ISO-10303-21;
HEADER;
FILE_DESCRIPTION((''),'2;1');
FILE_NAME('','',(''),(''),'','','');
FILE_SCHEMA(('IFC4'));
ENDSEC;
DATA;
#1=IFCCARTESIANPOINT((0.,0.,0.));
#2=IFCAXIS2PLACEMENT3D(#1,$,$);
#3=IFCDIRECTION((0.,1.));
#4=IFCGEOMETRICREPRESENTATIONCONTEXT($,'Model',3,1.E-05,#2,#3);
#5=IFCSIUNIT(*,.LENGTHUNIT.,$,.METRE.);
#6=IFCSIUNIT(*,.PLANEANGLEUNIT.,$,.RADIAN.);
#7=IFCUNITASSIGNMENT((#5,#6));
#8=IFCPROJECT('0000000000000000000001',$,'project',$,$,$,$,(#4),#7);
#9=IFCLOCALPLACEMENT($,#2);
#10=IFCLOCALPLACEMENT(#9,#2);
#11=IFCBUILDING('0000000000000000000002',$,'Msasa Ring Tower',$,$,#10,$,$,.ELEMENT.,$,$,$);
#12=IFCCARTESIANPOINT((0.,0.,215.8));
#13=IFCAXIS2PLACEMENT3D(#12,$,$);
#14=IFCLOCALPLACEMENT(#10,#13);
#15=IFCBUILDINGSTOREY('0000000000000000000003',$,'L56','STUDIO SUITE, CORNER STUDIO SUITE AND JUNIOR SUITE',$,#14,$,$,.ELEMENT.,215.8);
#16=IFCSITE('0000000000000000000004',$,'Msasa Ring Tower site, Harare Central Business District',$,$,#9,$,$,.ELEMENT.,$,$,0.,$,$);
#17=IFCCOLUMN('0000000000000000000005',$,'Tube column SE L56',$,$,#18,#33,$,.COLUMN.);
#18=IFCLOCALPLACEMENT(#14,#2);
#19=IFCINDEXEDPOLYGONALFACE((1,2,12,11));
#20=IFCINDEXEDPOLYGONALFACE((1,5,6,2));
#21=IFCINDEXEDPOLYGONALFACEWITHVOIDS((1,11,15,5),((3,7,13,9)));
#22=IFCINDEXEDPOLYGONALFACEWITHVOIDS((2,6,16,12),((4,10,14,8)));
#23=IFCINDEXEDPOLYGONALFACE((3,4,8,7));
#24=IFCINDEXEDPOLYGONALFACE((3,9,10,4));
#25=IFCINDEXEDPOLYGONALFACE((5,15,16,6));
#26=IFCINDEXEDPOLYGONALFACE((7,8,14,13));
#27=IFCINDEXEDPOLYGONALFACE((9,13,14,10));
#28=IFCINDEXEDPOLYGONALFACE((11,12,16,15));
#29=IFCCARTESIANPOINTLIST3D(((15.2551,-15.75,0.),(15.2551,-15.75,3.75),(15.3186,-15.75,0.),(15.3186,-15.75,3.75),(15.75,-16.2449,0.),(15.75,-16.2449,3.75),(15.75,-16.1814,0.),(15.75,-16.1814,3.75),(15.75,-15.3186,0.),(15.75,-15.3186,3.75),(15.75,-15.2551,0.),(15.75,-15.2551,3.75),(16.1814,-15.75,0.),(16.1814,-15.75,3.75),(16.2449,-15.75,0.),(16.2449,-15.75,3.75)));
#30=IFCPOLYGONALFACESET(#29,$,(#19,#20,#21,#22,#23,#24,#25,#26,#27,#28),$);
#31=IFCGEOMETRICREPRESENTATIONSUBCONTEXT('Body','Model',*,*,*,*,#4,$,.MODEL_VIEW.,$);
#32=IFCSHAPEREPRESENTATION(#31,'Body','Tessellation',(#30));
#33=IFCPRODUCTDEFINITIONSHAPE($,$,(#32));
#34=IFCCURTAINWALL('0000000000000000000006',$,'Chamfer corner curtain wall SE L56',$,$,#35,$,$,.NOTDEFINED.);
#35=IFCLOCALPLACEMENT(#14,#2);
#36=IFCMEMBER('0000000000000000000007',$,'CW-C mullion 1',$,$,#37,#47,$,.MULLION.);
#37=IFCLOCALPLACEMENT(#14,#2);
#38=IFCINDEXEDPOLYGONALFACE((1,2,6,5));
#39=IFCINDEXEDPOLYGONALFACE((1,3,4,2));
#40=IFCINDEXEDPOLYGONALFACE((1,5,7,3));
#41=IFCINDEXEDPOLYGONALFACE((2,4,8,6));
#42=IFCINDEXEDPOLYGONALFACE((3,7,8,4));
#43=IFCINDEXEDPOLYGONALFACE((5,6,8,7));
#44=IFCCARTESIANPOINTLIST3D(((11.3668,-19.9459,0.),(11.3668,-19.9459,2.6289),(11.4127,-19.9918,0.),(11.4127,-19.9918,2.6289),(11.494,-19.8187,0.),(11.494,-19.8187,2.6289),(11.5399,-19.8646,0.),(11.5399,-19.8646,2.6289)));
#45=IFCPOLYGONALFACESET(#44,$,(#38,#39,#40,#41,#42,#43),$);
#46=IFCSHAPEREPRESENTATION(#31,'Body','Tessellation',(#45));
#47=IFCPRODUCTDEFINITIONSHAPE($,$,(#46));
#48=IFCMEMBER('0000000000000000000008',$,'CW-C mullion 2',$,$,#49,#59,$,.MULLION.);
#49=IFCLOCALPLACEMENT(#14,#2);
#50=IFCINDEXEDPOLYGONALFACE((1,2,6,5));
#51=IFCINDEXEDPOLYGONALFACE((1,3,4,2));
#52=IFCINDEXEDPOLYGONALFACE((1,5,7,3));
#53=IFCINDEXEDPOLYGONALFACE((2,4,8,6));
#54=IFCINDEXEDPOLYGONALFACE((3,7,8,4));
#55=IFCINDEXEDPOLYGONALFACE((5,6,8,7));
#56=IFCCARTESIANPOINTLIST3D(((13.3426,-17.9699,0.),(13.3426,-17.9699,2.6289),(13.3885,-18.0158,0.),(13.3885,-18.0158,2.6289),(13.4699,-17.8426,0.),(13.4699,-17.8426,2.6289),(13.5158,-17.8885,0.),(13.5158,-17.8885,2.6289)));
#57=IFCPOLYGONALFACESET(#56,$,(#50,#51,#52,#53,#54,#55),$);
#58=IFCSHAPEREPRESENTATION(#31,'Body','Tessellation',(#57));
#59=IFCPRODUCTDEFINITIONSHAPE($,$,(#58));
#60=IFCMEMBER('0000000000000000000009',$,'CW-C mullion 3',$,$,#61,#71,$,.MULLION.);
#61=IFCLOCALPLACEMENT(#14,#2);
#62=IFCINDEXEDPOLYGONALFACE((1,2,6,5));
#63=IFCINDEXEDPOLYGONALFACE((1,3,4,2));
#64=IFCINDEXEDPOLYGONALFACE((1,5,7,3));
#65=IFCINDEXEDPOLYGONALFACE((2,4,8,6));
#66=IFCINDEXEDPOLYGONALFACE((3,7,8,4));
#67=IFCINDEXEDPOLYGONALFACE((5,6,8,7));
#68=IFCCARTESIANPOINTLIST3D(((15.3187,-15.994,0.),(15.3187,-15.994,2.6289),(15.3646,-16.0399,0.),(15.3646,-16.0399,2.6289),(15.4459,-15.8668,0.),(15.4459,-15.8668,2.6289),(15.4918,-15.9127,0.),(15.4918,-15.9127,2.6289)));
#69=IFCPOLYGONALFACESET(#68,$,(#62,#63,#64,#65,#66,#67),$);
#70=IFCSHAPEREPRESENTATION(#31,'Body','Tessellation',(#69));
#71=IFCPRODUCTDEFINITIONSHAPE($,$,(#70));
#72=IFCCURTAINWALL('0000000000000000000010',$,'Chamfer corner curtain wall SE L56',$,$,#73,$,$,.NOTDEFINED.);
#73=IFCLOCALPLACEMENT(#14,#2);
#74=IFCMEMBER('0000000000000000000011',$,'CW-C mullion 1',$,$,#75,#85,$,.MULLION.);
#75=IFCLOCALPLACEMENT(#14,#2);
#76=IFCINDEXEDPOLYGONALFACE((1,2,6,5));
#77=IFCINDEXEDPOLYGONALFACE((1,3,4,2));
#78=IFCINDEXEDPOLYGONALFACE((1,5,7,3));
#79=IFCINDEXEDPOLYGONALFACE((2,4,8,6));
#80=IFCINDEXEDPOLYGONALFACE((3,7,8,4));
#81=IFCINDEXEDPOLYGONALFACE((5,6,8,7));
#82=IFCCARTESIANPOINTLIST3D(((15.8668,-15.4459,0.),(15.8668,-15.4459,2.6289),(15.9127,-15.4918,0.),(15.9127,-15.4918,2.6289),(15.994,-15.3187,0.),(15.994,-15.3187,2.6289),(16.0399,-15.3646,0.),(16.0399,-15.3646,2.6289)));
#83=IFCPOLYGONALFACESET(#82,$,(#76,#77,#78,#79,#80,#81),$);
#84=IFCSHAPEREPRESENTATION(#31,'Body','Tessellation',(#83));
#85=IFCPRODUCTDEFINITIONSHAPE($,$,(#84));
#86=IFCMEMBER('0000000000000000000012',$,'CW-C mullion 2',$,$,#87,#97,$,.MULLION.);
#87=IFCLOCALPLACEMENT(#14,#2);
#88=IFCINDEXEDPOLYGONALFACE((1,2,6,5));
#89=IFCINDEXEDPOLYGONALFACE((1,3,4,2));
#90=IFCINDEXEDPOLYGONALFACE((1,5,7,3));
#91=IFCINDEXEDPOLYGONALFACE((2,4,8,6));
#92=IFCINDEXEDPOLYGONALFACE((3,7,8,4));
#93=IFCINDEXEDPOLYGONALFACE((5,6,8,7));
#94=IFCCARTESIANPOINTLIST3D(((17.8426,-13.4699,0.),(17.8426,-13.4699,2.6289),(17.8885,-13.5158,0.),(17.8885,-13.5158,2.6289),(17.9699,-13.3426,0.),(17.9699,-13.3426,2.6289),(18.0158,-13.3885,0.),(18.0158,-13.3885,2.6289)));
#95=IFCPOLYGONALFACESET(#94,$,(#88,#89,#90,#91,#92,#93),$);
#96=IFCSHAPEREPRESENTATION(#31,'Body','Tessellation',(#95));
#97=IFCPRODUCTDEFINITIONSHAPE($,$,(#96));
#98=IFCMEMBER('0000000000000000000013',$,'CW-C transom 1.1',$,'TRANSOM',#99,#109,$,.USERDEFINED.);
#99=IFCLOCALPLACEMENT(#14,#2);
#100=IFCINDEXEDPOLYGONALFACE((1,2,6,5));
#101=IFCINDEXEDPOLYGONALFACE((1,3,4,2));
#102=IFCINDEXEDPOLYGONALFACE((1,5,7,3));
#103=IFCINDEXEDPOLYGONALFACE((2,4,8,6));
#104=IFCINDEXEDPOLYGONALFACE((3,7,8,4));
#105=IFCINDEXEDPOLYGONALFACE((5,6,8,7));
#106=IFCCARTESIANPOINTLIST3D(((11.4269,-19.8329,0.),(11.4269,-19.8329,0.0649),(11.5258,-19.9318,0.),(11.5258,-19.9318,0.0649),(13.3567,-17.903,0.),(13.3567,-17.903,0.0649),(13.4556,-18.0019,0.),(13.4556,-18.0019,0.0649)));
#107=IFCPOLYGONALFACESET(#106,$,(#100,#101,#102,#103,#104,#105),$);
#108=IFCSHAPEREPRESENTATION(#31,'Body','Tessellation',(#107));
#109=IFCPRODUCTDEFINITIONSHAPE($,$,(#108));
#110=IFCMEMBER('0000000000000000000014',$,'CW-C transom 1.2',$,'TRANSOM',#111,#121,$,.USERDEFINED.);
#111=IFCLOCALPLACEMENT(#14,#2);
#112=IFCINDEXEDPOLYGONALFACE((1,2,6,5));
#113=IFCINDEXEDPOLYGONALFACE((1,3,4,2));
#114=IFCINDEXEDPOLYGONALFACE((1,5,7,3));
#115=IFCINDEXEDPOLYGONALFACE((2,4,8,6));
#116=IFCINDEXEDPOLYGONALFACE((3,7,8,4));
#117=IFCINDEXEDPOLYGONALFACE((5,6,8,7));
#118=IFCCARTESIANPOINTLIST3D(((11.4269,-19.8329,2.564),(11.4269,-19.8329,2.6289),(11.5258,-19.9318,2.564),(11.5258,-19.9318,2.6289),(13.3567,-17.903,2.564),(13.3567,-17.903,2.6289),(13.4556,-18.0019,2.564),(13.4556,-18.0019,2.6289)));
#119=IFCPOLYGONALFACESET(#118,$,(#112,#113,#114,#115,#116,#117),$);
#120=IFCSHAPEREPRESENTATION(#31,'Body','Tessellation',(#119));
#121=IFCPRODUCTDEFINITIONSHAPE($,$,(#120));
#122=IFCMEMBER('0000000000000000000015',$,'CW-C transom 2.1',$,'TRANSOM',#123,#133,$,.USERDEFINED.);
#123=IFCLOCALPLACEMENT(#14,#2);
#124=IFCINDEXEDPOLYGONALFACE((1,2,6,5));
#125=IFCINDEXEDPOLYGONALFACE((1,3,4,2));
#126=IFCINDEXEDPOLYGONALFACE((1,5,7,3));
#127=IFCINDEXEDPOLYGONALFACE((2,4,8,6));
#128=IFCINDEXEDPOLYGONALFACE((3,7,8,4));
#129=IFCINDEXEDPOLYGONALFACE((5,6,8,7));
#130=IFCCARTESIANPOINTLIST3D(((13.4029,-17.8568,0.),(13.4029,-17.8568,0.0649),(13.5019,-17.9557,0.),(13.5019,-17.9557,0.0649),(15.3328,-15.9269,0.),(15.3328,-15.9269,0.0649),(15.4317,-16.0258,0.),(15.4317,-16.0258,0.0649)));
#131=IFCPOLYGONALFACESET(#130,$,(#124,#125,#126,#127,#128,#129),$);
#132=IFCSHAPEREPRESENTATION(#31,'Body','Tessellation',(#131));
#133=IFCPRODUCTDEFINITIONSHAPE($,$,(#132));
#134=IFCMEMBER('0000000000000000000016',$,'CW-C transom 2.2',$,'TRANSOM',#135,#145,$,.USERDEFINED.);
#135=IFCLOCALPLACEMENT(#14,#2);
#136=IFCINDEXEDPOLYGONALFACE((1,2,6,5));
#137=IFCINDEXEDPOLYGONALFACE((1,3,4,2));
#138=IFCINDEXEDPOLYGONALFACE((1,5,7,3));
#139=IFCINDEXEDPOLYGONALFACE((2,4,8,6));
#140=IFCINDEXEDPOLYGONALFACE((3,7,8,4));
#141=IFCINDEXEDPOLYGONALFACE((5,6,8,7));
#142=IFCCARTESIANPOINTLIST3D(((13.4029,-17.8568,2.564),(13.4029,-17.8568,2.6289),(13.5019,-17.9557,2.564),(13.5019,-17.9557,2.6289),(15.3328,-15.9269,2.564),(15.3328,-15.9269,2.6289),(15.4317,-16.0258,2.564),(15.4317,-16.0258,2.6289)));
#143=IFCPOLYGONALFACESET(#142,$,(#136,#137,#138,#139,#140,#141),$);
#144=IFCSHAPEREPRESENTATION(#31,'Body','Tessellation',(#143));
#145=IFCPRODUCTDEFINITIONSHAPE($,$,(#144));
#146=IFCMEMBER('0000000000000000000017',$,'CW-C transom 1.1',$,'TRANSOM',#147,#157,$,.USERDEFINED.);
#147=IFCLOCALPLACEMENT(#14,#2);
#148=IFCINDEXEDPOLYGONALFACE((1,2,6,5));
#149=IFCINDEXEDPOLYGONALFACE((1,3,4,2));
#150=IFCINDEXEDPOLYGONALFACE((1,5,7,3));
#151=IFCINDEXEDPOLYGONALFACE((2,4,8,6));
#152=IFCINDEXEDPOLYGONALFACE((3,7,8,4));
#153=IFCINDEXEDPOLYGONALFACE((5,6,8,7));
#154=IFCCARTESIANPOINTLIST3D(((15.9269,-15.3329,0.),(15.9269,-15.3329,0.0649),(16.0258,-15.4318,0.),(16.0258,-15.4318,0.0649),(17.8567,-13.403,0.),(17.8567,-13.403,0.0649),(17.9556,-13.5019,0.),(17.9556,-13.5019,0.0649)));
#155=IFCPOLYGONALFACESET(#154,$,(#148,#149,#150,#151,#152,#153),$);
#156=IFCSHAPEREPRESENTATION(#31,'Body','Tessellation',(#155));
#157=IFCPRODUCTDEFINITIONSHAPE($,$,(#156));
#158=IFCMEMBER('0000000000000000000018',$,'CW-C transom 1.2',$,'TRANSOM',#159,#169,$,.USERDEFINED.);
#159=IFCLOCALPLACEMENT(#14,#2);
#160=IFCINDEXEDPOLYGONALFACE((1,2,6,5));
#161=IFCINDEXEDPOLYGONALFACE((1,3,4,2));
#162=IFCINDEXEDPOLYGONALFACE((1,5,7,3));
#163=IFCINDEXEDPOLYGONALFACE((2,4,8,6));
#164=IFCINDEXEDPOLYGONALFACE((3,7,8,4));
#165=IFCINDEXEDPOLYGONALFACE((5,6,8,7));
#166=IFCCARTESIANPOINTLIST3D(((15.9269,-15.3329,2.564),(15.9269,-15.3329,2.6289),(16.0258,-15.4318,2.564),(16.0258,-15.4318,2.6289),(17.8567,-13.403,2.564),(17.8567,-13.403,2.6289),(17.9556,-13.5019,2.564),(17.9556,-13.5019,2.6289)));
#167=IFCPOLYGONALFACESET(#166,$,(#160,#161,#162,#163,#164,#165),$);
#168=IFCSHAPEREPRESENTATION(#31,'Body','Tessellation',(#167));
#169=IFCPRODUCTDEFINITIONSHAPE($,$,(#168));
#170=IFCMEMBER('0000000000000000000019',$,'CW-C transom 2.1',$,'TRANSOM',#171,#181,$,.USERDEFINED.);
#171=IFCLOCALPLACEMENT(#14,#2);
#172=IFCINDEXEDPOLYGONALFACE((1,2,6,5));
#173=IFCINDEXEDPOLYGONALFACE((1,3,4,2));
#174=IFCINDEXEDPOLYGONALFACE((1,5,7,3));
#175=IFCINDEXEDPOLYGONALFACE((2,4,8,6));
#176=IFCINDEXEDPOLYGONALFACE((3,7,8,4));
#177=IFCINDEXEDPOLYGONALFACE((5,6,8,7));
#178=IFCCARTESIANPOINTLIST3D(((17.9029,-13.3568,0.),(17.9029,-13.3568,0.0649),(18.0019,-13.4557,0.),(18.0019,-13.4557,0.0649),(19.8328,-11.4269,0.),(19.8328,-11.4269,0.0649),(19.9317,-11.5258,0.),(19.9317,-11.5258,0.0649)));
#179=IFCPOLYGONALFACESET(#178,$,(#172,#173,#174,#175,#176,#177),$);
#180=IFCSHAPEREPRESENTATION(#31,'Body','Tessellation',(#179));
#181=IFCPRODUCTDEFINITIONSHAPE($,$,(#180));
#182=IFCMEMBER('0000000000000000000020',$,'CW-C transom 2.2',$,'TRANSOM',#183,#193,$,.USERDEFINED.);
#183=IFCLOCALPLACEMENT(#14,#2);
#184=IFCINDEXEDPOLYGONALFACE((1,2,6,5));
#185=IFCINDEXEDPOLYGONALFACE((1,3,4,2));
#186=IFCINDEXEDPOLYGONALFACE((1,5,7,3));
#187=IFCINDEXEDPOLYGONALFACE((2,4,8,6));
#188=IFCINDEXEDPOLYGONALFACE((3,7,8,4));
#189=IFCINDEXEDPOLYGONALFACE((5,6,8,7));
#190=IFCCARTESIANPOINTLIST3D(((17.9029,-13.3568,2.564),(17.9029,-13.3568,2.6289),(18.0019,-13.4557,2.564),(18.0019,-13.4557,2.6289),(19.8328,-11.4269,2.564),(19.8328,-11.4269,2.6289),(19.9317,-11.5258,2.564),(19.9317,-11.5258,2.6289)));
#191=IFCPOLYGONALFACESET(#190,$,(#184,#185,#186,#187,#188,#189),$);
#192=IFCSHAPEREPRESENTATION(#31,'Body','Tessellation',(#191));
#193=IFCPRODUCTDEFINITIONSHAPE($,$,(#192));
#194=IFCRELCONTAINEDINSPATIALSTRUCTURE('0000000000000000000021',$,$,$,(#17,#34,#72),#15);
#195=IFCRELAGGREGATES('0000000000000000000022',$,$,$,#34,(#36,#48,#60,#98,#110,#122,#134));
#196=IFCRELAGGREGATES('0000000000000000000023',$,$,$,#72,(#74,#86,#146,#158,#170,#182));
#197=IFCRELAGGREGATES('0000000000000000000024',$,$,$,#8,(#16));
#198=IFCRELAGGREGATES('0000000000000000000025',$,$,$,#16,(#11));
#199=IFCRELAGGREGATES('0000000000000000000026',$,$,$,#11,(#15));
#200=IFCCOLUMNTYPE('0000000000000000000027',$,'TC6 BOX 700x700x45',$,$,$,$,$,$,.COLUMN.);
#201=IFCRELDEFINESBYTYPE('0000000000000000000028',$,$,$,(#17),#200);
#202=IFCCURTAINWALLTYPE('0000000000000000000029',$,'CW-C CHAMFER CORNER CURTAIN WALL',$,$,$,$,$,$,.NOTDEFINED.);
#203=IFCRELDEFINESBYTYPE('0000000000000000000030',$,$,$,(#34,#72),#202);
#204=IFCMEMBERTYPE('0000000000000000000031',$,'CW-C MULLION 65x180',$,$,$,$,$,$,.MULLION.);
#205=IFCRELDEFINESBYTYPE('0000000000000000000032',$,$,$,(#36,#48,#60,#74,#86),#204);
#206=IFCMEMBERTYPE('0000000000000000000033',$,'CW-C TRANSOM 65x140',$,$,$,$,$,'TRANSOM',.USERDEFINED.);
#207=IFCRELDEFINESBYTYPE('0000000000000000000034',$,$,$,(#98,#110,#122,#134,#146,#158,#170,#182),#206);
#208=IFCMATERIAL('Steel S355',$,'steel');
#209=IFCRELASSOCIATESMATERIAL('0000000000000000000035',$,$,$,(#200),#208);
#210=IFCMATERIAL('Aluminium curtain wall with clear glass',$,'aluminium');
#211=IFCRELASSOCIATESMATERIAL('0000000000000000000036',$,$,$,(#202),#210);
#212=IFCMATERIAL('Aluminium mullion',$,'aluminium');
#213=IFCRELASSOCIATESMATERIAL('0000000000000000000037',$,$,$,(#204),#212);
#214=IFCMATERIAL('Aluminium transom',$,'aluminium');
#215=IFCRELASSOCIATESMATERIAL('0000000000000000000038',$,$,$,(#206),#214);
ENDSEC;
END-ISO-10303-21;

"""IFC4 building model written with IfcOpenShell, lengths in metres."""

from ifc_helpers import new_model, si_unit, direction, frame, origin, origin_2d, place, context, subcontext, project, spatial, rectangle, hollow_rectangle, extrude, material, material_profile, profile_set, type_object, element, aggregate, save


model = new_model("IFC4")

# Units and contexts
model_context = context("Model", 3, precision=1e-05, world=origin(), true_north=direction((0.0, 1.0)))
body_context = subcontext(model_context, "Body", "Model", "MODEL_VIEW")
ifc_project = project(units=[si_unit("LENGTHUNIT", "METRE"), si_unit("PLANEANGLEUNIT", "RADIAN")], contexts=[model_context])

# Site, building, storey
site_placement = place(None, origin())
site = spatial("IfcSite", under=ifc_project, at=site_placement, Name="Msasa Ring Tower site, Harare Central Business District", CompositionType="ELEMENT", RefElevation=0.0)
building_placement = place(site_placement, origin())
building = spatial("IfcBuilding", under=site, at=building_placement, Name="Msasa Ring Tower", CompositionType="ELEMENT")
storey_placement = place(building_placement, frame((0.0, 0.0, 215.8)))
storey = spatial("IfcBuildingStorey", under=building, at=storey_placement, Name="L56", Description="STUDIO SUITE, CORNER STUDIO SUITE AND JUNIOR SUITE", CompositionType="ELEMENT", Elevation=215.8)

# Column
ifc_material_1 = material(Name="Steel S355", Category="steel")
ifc_material_profile_1 = material_profile(ifc_material_1, hollow_rectangle(XDim=0.7, YDim=0.7, WallThickness=0.0449, at=origin_2d()), Name="BOX 700x700x45")
ifc_profile_set_1 = profile_set([ifc_material_profile_1], Name="Steel S355")
column_type = type_object("IfcColumnType", Name="TC6 BOX 700x700x45", PredefinedType="COLUMN", material=ifc_profile_set_1)
column_placement = place(storey_placement, frame((15.75, -15.75, 0.0), z_axis=(0.0, 0.0, 1.0), x_axis=(0.707107, -0.707107, 0.0)))
element("IfcColumn", 1, at=column_placement, inside=storey, type_object=column_type, Name="Tube column SE L56", PredefinedType="COLUMN", context=body_context, shape_type="SweptSolid", body=[
    extrude(hollow_rectangle(XDim=0.7, YDim=0.7, WallThickness=0.0449, at=origin_2d()), origin(), (0.0, 0.0, 1.0), 3.75),
])

# Curtain walls, members
ifc_material_2 = material(Name="Aluminium curtain wall with clear glass", Category="aluminium")
curtain_wall_type = type_object("IfcCurtainWallType", Name="CW-C CHAMFER CORNER CURTAIN WALL", PredefinedType="NOTDEFINED", material=ifc_material_2)
curtain_wall_1_placement = place(storey_placement, origin())
curtain_wall_1 = element("IfcCurtainWall", 2, at=curtain_wall_1_placement, inside=storey, type_object=curtain_wall_type, Name="Chamfer corner curtain wall SE L56", PredefinedType="NOTDEFINED")
ifc_material_3 = material(Name="Aluminium mullion", Category="aluminium")
ifc_material_profile_2 = material_profile(ifc_material_3, rectangle(XDim=0.0649, YDim=0.1799, at=origin_2d()), Name="AL 65x180")
ifc_profile_set_2 = profile_set([ifc_material_profile_2], Name="Aluminium mullion")
member_type_1 = type_object("IfcMemberType", Name="CW-C MULLION 65x180", PredefinedType="MULLION", material=ifc_profile_set_2)
member_1_placement = place(storey_placement, frame((11.4534, -19.9053, 0.0), z_axis=(0.0, 0.0, 1.0), x_axis=(-0.707107, 0.707107, 0.0)))
member_1 = element("IfcMember", 3, at=member_1_placement, type_object=member_type_1, Name="CW-C mullion 1", PredefinedType="MULLION", context=body_context, shape_type="SweptSolid", body=[
    extrude(rectangle(XDim=0.0649, YDim=0.1799, at=origin_2d()), origin(), (0.0, 0.0, 1.0), 2.6289),
])
member_2_placement = place(storey_placement, frame((13.4292, -17.9292, 0.0), z_axis=(0.0, 0.0, 1.0), x_axis=(-0.707107, 0.707107, 0.0)))
member_2 = element("IfcMember", 4, at=member_2_placement, type_object=member_type_1, Name="CW-C mullion 2", PredefinedType="MULLION", context=body_context, shape_type="SweptSolid", body=[
    extrude(rectangle(XDim=0.0649, YDim=0.1799, at=origin_2d()), origin(), (0.0, 0.0, 1.0), 2.6289),
])
member_3_placement = place(storey_placement, frame((15.4053, -15.9534, 0.0), z_axis=(0.0, 0.0, 1.0), x_axis=(-0.707107, 0.707107, 0.0)))
member_3 = element("IfcMember", 5, at=member_3_placement, type_object=member_type_1, Name="CW-C mullion 3", PredefinedType="MULLION", context=body_context, shape_type="SweptSolid", body=[
    extrude(rectangle(XDim=0.0649, YDim=0.1799, at=origin_2d()), origin(), (0.0, 0.0, 1.0), 2.6289),
])
curtain_wall_2_placement = place(storey_placement, origin())
curtain_wall_2 = element("IfcCurtainWall", 6, at=curtain_wall_2_placement, inside=storey, type_object=curtain_wall_type, Name="Chamfer corner curtain wall SE L56", PredefinedType="NOTDEFINED")
member_4_placement = place(storey_placement, frame((15.9534, -15.4053, 0.0), z_axis=(0.0, 0.0, 1.0), x_axis=(-0.707107, 0.707107, 0.0)))
member_4 = element("IfcMember", 7, at=member_4_placement, type_object=member_type_1, Name="CW-C mullion 1", PredefinedType="MULLION", context=body_context, shape_type="SweptSolid", body=[
    extrude(rectangle(XDim=0.0649, YDim=0.1799, at=origin_2d()), origin(), (0.0, 0.0, 1.0), 2.6289),
])
member_5_placement = place(storey_placement, frame((17.9292, -13.4292, 0.0), z_axis=(0.0, 0.0, 1.0), x_axis=(-0.707107, 0.707107, 0.0)))
member_5 = element("IfcMember", 8, at=member_5_placement, type_object=member_type_1, Name="CW-C mullion 2", PredefinedType="MULLION", context=body_context, shape_type="SweptSolid", body=[
    extrude(rectangle(XDim=0.0649, YDim=0.1799, at=origin_2d()), origin(), (0.0, 0.0, 1.0), 2.6289),
])

# Members
ifc_material_4 = material(Name="Aluminium transom", Category="aluminium")
ifc_material_profile_3 = material_profile(ifc_material_4, rectangle(XDim=0.1399, YDim=0.0649, at=origin_2d()), Name="AL 65x140")
ifc_profile_set_3 = profile_set([ifc_material_profile_3], Name="Aluminium transom")
member_type_2 = type_object("IfcMemberType", Name="CW-C TRANSOM 65x140", ElementType="TRANSOM", PredefinedType="USERDEFINED", material=ifc_profile_set_3)
member_6_placement = place(storey_placement, frame((11.4763, -19.8823, 0.0325), z_axis=(0.707107, 0.707107, 0.0), x_axis=(-0.707107, 0.707107, 0.0)))
member_6 = element("IfcMember", 9, at=member_6_placement, type_object=member_type_2, Name="CW-C transom 1.1", ObjectType="TRANSOM", PredefinedType="USERDEFINED", context=body_context, shape_type="SweptSolid", body=[
    extrude(rectangle(XDim=0.1399, YDim=0.0649, at=origin_2d()), origin(), (0.0, 0.0, 1.0), 2.7292),
])
member_7_placement = place(storey_placement, frame((11.4763, -19.8823, 2.5964), z_axis=(0.707107, 0.707107, 0.0), x_axis=(-0.707107, 0.707107, 0.0)))
member_7 = element("IfcMember", 10, at=member_7_placement, type_object=member_type_2, Name="CW-C transom 1.2", ObjectType="TRANSOM", PredefinedType="USERDEFINED", context=body_context, shape_type="SweptSolid", body=[
    extrude(rectangle(XDim=0.1399, YDim=0.0649, at=origin_2d()), origin(), (0.0, 0.0, 1.0), 2.7292),
])
member_8_placement = place(storey_placement, frame((13.4524, -17.9062, 0.0325), z_axis=(0.707107, 0.707107, 0.0), x_axis=(-0.707107, 0.707107, 0.0)))
member_8 = element("IfcMember", 11, at=member_8_placement, type_object=member_type_2, Name="CW-C transom 2.1", ObjectType="TRANSOM", PredefinedType="USERDEFINED", context=body_context, shape_type="SweptSolid", body=[
    extrude(rectangle(XDim=0.1399, YDim=0.0649, at=origin_2d()), origin(), (0.0, 0.0, 1.0), 2.7292),
])
member_9_placement = place(storey_placement, frame((13.4524, -17.9062, 2.5964), z_axis=(0.707107, 0.707107, 0.0), x_axis=(-0.707107, 0.707107, 0.0)))
member_9 = element("IfcMember", 12, at=member_9_placement, type_object=member_type_2, Name="CW-C transom 2.2", ObjectType="TRANSOM", PredefinedType="USERDEFINED", context=body_context, shape_type="SweptSolid", body=[
    extrude(rectangle(XDim=0.1399, YDim=0.0649, at=origin_2d()), origin(), (0.0, 0.0, 1.0), 2.7292),
])
member_10_placement = place(storey_placement, frame((15.9763, -15.3823, 0.0325), z_axis=(0.707107, 0.707107, 0.0), x_axis=(-0.707107, 0.707107, 0.0)))
member_10 = element("IfcMember", 13, at=member_10_placement, type_object=member_type_2, Name="CW-C transom 1.1", ObjectType="TRANSOM", PredefinedType="USERDEFINED", context=body_context, shape_type="SweptSolid", body=[
    extrude(rectangle(XDim=0.1399, YDim=0.0649, at=origin_2d()), origin(), (0.0, 0.0, 1.0), 2.7292),
])
member_11_placement = place(storey_placement, frame((15.9763, -15.3823, 2.5964), z_axis=(0.707107, 0.707107, 0.0), x_axis=(-0.707107, 0.707107, 0.0)))
member_11 = element("IfcMember", 14, at=member_11_placement, type_object=member_type_2, Name="CW-C transom 1.2", ObjectType="TRANSOM", PredefinedType="USERDEFINED", context=body_context, shape_type="SweptSolid", body=[
    extrude(rectangle(XDim=0.1399, YDim=0.0649, at=origin_2d()), origin(), (0.0, 0.0, 1.0), 2.7292),
])
member_12_placement = place(storey_placement, frame((17.9524, -13.4062, 0.0325), z_axis=(0.707107, 0.707107, 0.0), x_axis=(-0.707107, 0.707107, 0.0)))
member_12 = element("IfcMember", 15, at=member_12_placement, type_object=member_type_2, Name="CW-C transom 2.1", ObjectType="TRANSOM", PredefinedType="USERDEFINED", context=body_context, shape_type="SweptSolid", body=[
    extrude(rectangle(XDim=0.1399, YDim=0.0649, at=origin_2d()), origin(), (0.0, 0.0, 1.0), 2.7292),
])
member_13_placement = place(storey_placement, frame((17.9524, -13.4062, 2.5964), z_axis=(0.707107, 0.707107, 0.0), x_axis=(-0.707107, 0.707107, 0.0)))
member_13 = element("IfcMember", 16, at=member_13_placement, type_object=member_type_2, Name="CW-C transom 2.2", ObjectType="TRANSOM", PredefinedType="USERDEFINED", context=body_context, shape_type="SweptSolid", body=[
    extrude(rectangle(XDim=0.1399, YDim=0.0649, at=origin_2d()), origin(), (0.0, 0.0, 1.0), 2.7292),
])

aggregate(curtain_wall_1, [member_1, member_2, member_3, member_6, member_7, member_8, member_9])
aggregate(curtain_wall_2, [member_4, member_5, member_10, member_11, member_12, member_13])

save(model, "model.ifc")
